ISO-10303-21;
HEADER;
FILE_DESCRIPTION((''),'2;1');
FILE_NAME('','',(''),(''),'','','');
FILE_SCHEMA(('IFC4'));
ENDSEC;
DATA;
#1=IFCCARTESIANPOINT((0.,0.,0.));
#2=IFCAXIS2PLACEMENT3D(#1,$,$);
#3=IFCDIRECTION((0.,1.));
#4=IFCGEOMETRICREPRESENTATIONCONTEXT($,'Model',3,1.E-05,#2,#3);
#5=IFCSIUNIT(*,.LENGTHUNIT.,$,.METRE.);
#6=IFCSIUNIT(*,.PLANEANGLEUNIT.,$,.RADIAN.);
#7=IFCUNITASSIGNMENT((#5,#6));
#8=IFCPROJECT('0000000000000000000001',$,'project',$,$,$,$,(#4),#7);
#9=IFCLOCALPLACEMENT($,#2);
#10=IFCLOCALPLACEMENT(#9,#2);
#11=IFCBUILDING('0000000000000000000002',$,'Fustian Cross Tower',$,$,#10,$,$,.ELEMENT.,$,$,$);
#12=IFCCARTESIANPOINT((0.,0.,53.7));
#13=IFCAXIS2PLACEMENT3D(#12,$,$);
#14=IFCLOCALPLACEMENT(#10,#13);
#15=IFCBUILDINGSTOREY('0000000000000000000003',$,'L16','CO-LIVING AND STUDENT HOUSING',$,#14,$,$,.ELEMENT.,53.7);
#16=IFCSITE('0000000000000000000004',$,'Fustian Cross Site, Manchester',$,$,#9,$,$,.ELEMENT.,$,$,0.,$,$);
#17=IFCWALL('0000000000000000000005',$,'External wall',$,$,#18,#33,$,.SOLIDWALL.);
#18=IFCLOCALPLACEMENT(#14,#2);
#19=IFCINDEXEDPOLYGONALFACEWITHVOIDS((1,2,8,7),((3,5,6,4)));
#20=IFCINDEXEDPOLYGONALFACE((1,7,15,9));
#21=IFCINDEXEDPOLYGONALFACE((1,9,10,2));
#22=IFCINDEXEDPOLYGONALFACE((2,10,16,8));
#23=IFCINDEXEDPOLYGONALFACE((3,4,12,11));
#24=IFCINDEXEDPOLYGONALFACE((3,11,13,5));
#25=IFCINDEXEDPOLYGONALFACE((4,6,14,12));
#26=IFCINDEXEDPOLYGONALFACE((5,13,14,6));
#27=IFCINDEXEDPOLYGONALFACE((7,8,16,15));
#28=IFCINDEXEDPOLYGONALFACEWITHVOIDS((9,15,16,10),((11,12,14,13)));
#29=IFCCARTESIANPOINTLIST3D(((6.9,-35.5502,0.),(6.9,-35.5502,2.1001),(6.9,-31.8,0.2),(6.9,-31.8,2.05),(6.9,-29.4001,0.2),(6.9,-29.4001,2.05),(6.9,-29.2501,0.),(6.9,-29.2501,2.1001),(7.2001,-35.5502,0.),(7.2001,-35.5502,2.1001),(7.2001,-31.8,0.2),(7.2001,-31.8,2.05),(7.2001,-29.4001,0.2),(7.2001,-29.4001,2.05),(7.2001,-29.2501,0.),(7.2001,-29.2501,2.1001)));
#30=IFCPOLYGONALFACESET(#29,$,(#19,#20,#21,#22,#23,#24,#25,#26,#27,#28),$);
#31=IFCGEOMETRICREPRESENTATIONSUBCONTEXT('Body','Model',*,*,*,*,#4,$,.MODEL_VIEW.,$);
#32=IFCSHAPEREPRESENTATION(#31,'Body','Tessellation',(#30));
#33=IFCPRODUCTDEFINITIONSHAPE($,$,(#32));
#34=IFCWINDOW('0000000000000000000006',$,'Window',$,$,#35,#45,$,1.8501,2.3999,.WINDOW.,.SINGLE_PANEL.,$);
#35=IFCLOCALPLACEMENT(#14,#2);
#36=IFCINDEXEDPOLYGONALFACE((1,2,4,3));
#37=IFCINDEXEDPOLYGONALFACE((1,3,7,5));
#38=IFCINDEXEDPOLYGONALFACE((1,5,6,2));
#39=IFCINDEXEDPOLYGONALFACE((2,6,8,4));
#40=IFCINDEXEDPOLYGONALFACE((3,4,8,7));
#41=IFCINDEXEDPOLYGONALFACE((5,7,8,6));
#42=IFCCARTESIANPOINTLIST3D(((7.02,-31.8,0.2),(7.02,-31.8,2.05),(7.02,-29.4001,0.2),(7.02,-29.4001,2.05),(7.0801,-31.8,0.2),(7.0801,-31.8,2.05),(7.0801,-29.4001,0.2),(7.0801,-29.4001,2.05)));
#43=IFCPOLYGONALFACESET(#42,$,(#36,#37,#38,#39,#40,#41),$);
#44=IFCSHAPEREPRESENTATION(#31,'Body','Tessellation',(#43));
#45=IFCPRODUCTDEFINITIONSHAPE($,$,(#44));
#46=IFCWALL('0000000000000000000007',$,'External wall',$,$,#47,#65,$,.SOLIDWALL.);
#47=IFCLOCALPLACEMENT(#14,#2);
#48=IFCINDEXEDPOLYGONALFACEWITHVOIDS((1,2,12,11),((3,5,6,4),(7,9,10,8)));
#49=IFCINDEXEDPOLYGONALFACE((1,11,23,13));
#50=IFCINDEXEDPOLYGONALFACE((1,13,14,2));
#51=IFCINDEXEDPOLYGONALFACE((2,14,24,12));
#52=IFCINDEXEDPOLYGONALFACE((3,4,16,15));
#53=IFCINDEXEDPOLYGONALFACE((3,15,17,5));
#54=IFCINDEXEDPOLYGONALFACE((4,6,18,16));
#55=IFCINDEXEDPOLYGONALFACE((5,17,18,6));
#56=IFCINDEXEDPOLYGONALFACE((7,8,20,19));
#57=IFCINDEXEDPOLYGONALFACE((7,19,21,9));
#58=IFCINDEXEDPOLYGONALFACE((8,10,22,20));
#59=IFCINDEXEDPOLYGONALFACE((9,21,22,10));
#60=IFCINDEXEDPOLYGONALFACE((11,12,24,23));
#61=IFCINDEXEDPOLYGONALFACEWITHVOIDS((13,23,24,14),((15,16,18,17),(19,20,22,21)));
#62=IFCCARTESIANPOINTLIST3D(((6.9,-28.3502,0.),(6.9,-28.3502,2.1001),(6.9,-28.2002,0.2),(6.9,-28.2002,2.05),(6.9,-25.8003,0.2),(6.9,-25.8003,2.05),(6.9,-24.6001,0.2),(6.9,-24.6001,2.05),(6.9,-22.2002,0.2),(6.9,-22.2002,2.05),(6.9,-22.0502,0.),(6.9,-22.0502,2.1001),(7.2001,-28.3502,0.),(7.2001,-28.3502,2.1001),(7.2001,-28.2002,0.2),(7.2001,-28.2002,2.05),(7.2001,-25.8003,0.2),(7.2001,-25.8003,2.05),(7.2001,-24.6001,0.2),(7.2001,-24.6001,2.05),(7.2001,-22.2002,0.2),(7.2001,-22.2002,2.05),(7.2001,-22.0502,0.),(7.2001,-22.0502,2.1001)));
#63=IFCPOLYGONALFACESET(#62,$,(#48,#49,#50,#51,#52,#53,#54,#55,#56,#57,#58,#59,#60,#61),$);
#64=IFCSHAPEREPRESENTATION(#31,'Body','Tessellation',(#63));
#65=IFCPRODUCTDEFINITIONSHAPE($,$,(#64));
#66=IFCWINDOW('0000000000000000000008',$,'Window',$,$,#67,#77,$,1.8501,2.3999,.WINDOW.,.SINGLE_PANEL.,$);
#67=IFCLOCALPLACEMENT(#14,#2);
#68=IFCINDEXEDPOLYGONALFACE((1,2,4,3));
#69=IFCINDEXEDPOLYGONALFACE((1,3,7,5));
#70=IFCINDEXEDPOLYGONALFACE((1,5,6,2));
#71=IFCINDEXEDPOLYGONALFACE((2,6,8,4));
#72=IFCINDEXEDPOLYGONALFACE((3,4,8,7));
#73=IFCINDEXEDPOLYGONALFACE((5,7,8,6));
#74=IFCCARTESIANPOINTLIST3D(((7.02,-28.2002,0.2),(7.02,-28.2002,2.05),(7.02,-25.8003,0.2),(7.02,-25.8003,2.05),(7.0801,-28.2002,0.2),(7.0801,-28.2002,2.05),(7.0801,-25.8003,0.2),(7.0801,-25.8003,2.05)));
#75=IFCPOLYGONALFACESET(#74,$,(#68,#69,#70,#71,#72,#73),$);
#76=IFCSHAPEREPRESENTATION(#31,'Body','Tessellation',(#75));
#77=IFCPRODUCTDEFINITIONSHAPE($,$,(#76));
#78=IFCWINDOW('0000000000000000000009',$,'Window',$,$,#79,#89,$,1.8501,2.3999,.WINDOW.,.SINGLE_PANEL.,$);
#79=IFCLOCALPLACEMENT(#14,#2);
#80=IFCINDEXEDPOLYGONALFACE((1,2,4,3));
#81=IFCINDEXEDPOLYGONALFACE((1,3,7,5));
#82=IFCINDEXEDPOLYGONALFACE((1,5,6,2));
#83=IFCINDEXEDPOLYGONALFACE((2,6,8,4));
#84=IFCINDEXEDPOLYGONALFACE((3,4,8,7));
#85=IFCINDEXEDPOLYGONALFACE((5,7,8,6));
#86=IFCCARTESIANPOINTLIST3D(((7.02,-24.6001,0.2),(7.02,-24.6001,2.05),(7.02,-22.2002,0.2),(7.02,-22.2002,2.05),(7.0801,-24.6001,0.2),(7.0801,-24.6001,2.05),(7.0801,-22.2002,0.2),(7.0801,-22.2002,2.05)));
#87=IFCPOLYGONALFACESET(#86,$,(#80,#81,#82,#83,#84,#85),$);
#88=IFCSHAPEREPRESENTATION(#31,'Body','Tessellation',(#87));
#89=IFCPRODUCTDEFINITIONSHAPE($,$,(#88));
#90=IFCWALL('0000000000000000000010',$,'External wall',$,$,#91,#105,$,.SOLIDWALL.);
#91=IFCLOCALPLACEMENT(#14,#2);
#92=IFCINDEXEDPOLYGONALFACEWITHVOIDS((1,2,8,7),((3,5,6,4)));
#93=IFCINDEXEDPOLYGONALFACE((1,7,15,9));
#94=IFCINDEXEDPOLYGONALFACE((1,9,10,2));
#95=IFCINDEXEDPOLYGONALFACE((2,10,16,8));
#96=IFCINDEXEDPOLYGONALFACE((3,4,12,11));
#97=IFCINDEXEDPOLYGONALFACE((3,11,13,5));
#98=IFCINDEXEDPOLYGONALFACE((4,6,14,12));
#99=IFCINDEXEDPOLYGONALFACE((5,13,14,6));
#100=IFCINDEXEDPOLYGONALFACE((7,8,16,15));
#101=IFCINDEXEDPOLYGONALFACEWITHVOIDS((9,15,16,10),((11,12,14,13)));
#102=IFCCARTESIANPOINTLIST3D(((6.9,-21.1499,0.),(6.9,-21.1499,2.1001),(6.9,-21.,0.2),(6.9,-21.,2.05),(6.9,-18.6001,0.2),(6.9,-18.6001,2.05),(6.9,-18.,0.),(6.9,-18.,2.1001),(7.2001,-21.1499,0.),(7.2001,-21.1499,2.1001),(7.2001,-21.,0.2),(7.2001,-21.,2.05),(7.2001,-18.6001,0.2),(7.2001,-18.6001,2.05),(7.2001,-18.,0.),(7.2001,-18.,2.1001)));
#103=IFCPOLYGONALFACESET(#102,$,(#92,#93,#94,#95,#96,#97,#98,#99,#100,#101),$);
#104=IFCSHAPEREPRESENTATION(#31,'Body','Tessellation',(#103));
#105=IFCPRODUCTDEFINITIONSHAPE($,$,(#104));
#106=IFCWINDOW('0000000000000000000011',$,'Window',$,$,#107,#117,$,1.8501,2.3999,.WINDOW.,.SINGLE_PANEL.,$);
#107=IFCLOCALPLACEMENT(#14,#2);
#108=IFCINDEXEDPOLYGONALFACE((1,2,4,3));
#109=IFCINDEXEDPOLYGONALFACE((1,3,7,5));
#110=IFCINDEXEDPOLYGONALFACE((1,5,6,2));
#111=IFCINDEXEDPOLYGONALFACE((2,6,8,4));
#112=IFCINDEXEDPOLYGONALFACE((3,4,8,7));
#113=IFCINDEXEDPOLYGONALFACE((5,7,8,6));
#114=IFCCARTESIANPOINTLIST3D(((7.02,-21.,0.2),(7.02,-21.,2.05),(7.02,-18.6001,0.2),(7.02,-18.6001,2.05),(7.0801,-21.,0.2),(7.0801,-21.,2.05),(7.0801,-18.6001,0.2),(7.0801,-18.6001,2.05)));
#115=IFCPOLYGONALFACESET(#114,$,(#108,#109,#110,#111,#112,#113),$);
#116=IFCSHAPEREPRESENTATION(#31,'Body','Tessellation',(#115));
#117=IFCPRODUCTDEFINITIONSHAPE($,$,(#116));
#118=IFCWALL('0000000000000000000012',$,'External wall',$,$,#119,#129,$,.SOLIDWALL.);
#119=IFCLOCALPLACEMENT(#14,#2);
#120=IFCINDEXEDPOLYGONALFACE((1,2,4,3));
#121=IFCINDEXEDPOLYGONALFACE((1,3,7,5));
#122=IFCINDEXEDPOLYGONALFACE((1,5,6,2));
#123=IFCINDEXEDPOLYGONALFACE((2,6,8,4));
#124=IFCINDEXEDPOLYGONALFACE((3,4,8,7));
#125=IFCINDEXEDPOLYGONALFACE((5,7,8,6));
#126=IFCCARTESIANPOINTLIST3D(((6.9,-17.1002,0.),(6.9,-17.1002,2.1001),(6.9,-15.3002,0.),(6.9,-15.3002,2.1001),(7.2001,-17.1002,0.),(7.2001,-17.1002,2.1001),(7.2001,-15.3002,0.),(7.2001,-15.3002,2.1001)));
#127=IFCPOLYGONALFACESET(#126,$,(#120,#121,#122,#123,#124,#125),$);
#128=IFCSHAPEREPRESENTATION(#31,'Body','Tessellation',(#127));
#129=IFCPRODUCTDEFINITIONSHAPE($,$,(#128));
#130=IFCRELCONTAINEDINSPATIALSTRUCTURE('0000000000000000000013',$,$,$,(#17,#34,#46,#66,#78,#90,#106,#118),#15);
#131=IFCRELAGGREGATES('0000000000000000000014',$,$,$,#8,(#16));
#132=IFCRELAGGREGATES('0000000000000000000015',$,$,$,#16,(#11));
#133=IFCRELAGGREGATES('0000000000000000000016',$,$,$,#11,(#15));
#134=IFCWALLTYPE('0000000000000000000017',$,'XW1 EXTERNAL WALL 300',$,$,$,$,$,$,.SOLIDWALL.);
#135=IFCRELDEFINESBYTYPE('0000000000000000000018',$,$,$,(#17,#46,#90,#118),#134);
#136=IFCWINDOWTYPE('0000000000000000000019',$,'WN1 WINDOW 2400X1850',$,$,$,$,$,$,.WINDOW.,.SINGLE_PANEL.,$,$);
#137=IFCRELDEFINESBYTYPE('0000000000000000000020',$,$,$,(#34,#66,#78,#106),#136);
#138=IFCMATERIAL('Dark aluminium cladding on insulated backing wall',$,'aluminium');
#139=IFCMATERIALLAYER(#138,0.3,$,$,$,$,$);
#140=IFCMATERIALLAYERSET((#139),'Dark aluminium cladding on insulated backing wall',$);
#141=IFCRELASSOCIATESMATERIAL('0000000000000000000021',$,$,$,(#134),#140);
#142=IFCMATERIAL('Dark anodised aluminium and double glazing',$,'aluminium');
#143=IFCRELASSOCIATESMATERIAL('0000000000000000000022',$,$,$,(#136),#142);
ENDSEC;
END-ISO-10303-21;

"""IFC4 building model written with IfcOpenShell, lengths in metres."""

from ifc_helpers import new_model, si_unit, direction, frame, frame_2d, origin, place, context, subcontext, project, spatial, rectangle, extrude, material, layer, layer_set, type_object, element, fill, save


model = new_model("IFC4")

# Units and contexts
model_context = context("Model", 3, precision=1e-05, world=origin(), true_north=direction((0.0, 1.0)))
body_context = subcontext(model_context, "Body", "Model", "MODEL_VIEW")
ifc_project = project(units=[si_unit("LENGTHUNIT", "METRE"), si_unit("PLANEANGLEUNIT", "RADIAN")], contexts=[model_context])

# Site, building, storey
site_placement = place(None, origin())
site = spatial("IfcSite", under=ifc_project, at=site_placement, Name="Fustian Cross Site, Manchester", CompositionType="ELEMENT", RefElevation=0.0)
building_placement = place(site_placement, origin())
building = spatial("IfcBuilding", under=site, at=building_placement, Name="Fustian Cross Tower", CompositionType="ELEMENT")
storey_placement = place(building_placement, frame((0.0, 0.0, 53.7)))
storey = spatial("IfcBuildingStorey", under=building, at=storey_placement, Name="L16", Description="CO-LIVING AND STUDENT HOUSING", CompositionType="ELEMENT", Elevation=53.7)

# Wall, opening, window
ifc_material_1 = material(Name="Dark aluminium cladding on insulated backing wall", Category="aluminium")
ifc_layer_1 = layer(ifc_material_1, 0.3)
ifc_layer_set_1 = layer_set([ifc_layer_1], Name="Dark aluminium cladding on insulated backing wall")
wall_type_1 = type_object("IfcWallType", Name="XW1 EXTERNAL WALL 300", PredefinedType="SOLIDWALL", material=ifc_layer_set_1)
wall_1_placement = place(storey_placement, frame((7.05, -35.55, 0.0), z_axis=(0.0, 0.0, 1.0), x_axis=(0.0, 1.0, 0.0)))
wall_1 = element("IfcWall", 1, at=wall_1_placement, inside=storey, type_object=wall_type_1, Name="External wall", PredefinedType="SOLIDWALL", context=body_context, shape_type="SweptSolid", body=[
    extrude(rectangle(XDim=6.3, YDim=0.3, at=frame_2d((3.1499, 0.0))), origin(), (0.0, 0.0, 1.0), 2.1001),
])
opening_1_placement = place(wall_1_placement, frame((3.75, 0.0, 0.2)))
opening_1 = element("IfcOpeningElement", 2, at=opening_1_placement, cuts=wall_1, PredefinedType="OPENING", context=body_context, shape_type="SweptSolid", body=[
    extrude(rectangle(XDim=2.3999, YDim=1.8501, at=frame_2d((1.2, 0.925))), frame((0.0, 0.1599, 0.0), z_axis=(0.0, -1.0, 0.0), x_axis=(1.0, 0.0, 0.0)), (0.0, 0.0, 1.0), 0.3201),
])
ifc_material_2 = material(Name="Dark anodised aluminium and double glazing", Category="aluminium")
window_type_1 = type_object("IfcWindowType", Name="WN1 WINDOW 2400X1850", PartitioningType="SINGLE_PANEL", PredefinedType="WINDOW", material=ifc_material_2)
window_1_placement = place(opening_1_placement, origin())
window_1 = element("IfcWindow", 3, at=window_1_placement, inside=storey, type_object=window_type_1, Name="Window", OverallHeight=1.8501, OverallWidth=2.3999, PartitioningType="SINGLE_PANEL", PredefinedType="WINDOW", context=body_context, shape_type="SweptSolid", body=[
    extrude(rectangle(XDim=2.3999, YDim=1.8501, at=frame_2d((1.2, 0.925))), frame((0.0, 0.03, 0.0), z_axis=(0.0, -1.0, 0.0), x_axis=(1.0, 0.0, 0.0)), (0.0, 0.0, 1.0), 0.0601),
])
fill(opening_1, window_1)

# Wall, openings, windows
wall_2_placement = place(storey_placement, frame((7.05, -28.3501, 0.0), z_axis=(0.0, 0.0, 1.0), x_axis=(0.0, 1.0, 0.0)))
wall_2 = element("IfcWall", 4, at=wall_2_placement, inside=storey, type_object=wall_type_1, Name="External wall", PredefinedType="SOLIDWALL", context=body_context, shape_type="SweptSolid", body=[
    extrude(rectangle(XDim=6.3, YDim=0.3, at=frame_2d((3.1499, 0.0))), origin(), (0.0, 0.0, 1.0), 2.1001),
])
opening_2_placement = place(wall_2_placement, frame((0.1499, 0.0, 0.2)))
opening_2 = element("IfcOpeningElement", 5, at=opening_2_placement, cuts=wall_2, PredefinedType="OPENING", context=body_context, shape_type="SweptSolid", body=[
    extrude(rectangle(XDim=2.3999, YDim=1.8501, at=frame_2d((1.2, 0.925))), frame((0.0, 0.1599, 0.0), z_axis=(0.0, -1.0, 0.0), x_axis=(1.0, 0.0, 0.0)), (0.0, 0.0, 1.0), 0.3201),
])
opening_3_placement = place(wall_2_placement, frame((3.75, 0.0, 0.2)))
opening_3 = element("IfcOpeningElement", 6, at=opening_3_placement, cuts=wall_2, PredefinedType="OPENING", context=body_context, shape_type="SweptSolid", body=[
    extrude(rectangle(XDim=2.3999, YDim=1.8501, at=frame_2d((1.2, 0.925))), frame((0.0, 0.1599, 0.0), z_axis=(0.0, -1.0, 0.0), x_axis=(1.0, 0.0, 0.0)), (0.0, 0.0, 1.0), 0.3201),
])
window_2_placement = place(opening_2_placement, origin())
window_2 = element("IfcWindow", 7, at=window_2_placement, inside=storey, type_object=window_type_1, Name="Window", OverallHeight=1.8501, OverallWidth=2.3999, PartitioningType="SINGLE_PANEL", PredefinedType="WINDOW", context=body_context, shape_type="SweptSolid", body=[
    extrude(rectangle(XDim=2.3999, YDim=1.8501, at=frame_2d((1.2, 0.925))), frame((0.0, 0.03, 0.0), z_axis=(0.0, -1.0, 0.0), x_axis=(1.0, 0.0, 0.0)), (0.0, 0.0, 1.0), 0.0601),
])
fill(opening_2, window_2)
window_3_placement = place(opening_3_placement, origin())
window_3 = element("IfcWindow", 8, at=window_3_placement, inside=storey, type_object=window_type_1, Name="Window", OverallHeight=1.8501, OverallWidth=2.3999, PartitioningType="SINGLE_PANEL", PredefinedType="WINDOW", context=body_context, shape_type="SweptSolid", body=[
    extrude(rectangle(XDim=2.3999, YDim=1.8501, at=frame_2d((1.2, 0.925))), frame((0.0, 0.03, 0.0), z_axis=(0.0, -1.0, 0.0), x_axis=(1.0, 0.0, 0.0)), (0.0, 0.0, 1.0), 0.0601),
])
fill(opening_3, window_3)

# Wall, opening, window
wall_3_placement = place(storey_placement, frame((7.05, -21.1499, 0.0), z_axis=(0.0, 0.0, 1.0), x_axis=(0.0, 1.0, 0.0)))
wall_3 = element("IfcWall", 9, at=wall_3_placement, inside=storey, type_object=wall_type_1, Name="External wall", PredefinedType="SOLIDWALL", context=body_context, shape_type="SweptSolid", body=[
    extrude(rectangle(XDim=3.1499, YDim=0.3, at=frame_2d((1.575, 0.0))), origin(), (0.0, 0.0, 1.0), 2.1001),
])
opening_4_placement = place(wall_3_placement, frame((0.1499, 0.0, 0.2)))
opening_4 = element("IfcOpeningElement", 10, at=opening_4_placement, cuts=wall_3, PredefinedType="OPENING", context=body_context, shape_type="SweptSolid", body=[
    extrude(rectangle(XDim=2.3999, YDim=1.8501, at=frame_2d((1.2, 0.925))), frame((0.0, 0.1599, 0.0), z_axis=(0.0, -1.0, 0.0), x_axis=(1.0, 0.0, 0.0)), (0.0, 0.0, 1.0), 0.3201),
])
window_4_placement = place(opening_4_placement, origin())
window_4 = element("IfcWindow", 11, at=window_4_placement, inside=storey, type_object=window_type_1, Name="Window", OverallHeight=1.8501, OverallWidth=2.3999, PartitioningType="SINGLE_PANEL", PredefinedType="WINDOW", context=body_context, shape_type="SweptSolid", body=[
    extrude(rectangle(XDim=2.3999, YDim=1.8501, at=frame_2d((1.2, 0.925))), frame((0.0, 0.03, 0.0), z_axis=(0.0, -1.0, 0.0), x_axis=(1.0, 0.0, 0.0)), (0.0, 0.0, 1.0), 0.0601),
])
fill(opening_4, window_4)

# Wall
wall_4_placement = place(storey_placement, frame((7.05, -17.1001, 0.0), z_axis=(0.0, 0.0, 1.0), x_axis=(0.0, 1.0, 0.0)))
element("IfcWall", 12, at=wall_4_placement, inside=storey, type_object=wall_type_1, Name="External wall", PredefinedType="SOLIDWALL", context=body_context, shape_type="SweptSolid", body=[
    extrude(rectangle(XDim=1.8, YDim=0.3, at=frame_2d((0.8999, 0.0))), origin(), (0.0, 0.0, 1.0), 2.1001),
])

save(model, "model.ifc")
